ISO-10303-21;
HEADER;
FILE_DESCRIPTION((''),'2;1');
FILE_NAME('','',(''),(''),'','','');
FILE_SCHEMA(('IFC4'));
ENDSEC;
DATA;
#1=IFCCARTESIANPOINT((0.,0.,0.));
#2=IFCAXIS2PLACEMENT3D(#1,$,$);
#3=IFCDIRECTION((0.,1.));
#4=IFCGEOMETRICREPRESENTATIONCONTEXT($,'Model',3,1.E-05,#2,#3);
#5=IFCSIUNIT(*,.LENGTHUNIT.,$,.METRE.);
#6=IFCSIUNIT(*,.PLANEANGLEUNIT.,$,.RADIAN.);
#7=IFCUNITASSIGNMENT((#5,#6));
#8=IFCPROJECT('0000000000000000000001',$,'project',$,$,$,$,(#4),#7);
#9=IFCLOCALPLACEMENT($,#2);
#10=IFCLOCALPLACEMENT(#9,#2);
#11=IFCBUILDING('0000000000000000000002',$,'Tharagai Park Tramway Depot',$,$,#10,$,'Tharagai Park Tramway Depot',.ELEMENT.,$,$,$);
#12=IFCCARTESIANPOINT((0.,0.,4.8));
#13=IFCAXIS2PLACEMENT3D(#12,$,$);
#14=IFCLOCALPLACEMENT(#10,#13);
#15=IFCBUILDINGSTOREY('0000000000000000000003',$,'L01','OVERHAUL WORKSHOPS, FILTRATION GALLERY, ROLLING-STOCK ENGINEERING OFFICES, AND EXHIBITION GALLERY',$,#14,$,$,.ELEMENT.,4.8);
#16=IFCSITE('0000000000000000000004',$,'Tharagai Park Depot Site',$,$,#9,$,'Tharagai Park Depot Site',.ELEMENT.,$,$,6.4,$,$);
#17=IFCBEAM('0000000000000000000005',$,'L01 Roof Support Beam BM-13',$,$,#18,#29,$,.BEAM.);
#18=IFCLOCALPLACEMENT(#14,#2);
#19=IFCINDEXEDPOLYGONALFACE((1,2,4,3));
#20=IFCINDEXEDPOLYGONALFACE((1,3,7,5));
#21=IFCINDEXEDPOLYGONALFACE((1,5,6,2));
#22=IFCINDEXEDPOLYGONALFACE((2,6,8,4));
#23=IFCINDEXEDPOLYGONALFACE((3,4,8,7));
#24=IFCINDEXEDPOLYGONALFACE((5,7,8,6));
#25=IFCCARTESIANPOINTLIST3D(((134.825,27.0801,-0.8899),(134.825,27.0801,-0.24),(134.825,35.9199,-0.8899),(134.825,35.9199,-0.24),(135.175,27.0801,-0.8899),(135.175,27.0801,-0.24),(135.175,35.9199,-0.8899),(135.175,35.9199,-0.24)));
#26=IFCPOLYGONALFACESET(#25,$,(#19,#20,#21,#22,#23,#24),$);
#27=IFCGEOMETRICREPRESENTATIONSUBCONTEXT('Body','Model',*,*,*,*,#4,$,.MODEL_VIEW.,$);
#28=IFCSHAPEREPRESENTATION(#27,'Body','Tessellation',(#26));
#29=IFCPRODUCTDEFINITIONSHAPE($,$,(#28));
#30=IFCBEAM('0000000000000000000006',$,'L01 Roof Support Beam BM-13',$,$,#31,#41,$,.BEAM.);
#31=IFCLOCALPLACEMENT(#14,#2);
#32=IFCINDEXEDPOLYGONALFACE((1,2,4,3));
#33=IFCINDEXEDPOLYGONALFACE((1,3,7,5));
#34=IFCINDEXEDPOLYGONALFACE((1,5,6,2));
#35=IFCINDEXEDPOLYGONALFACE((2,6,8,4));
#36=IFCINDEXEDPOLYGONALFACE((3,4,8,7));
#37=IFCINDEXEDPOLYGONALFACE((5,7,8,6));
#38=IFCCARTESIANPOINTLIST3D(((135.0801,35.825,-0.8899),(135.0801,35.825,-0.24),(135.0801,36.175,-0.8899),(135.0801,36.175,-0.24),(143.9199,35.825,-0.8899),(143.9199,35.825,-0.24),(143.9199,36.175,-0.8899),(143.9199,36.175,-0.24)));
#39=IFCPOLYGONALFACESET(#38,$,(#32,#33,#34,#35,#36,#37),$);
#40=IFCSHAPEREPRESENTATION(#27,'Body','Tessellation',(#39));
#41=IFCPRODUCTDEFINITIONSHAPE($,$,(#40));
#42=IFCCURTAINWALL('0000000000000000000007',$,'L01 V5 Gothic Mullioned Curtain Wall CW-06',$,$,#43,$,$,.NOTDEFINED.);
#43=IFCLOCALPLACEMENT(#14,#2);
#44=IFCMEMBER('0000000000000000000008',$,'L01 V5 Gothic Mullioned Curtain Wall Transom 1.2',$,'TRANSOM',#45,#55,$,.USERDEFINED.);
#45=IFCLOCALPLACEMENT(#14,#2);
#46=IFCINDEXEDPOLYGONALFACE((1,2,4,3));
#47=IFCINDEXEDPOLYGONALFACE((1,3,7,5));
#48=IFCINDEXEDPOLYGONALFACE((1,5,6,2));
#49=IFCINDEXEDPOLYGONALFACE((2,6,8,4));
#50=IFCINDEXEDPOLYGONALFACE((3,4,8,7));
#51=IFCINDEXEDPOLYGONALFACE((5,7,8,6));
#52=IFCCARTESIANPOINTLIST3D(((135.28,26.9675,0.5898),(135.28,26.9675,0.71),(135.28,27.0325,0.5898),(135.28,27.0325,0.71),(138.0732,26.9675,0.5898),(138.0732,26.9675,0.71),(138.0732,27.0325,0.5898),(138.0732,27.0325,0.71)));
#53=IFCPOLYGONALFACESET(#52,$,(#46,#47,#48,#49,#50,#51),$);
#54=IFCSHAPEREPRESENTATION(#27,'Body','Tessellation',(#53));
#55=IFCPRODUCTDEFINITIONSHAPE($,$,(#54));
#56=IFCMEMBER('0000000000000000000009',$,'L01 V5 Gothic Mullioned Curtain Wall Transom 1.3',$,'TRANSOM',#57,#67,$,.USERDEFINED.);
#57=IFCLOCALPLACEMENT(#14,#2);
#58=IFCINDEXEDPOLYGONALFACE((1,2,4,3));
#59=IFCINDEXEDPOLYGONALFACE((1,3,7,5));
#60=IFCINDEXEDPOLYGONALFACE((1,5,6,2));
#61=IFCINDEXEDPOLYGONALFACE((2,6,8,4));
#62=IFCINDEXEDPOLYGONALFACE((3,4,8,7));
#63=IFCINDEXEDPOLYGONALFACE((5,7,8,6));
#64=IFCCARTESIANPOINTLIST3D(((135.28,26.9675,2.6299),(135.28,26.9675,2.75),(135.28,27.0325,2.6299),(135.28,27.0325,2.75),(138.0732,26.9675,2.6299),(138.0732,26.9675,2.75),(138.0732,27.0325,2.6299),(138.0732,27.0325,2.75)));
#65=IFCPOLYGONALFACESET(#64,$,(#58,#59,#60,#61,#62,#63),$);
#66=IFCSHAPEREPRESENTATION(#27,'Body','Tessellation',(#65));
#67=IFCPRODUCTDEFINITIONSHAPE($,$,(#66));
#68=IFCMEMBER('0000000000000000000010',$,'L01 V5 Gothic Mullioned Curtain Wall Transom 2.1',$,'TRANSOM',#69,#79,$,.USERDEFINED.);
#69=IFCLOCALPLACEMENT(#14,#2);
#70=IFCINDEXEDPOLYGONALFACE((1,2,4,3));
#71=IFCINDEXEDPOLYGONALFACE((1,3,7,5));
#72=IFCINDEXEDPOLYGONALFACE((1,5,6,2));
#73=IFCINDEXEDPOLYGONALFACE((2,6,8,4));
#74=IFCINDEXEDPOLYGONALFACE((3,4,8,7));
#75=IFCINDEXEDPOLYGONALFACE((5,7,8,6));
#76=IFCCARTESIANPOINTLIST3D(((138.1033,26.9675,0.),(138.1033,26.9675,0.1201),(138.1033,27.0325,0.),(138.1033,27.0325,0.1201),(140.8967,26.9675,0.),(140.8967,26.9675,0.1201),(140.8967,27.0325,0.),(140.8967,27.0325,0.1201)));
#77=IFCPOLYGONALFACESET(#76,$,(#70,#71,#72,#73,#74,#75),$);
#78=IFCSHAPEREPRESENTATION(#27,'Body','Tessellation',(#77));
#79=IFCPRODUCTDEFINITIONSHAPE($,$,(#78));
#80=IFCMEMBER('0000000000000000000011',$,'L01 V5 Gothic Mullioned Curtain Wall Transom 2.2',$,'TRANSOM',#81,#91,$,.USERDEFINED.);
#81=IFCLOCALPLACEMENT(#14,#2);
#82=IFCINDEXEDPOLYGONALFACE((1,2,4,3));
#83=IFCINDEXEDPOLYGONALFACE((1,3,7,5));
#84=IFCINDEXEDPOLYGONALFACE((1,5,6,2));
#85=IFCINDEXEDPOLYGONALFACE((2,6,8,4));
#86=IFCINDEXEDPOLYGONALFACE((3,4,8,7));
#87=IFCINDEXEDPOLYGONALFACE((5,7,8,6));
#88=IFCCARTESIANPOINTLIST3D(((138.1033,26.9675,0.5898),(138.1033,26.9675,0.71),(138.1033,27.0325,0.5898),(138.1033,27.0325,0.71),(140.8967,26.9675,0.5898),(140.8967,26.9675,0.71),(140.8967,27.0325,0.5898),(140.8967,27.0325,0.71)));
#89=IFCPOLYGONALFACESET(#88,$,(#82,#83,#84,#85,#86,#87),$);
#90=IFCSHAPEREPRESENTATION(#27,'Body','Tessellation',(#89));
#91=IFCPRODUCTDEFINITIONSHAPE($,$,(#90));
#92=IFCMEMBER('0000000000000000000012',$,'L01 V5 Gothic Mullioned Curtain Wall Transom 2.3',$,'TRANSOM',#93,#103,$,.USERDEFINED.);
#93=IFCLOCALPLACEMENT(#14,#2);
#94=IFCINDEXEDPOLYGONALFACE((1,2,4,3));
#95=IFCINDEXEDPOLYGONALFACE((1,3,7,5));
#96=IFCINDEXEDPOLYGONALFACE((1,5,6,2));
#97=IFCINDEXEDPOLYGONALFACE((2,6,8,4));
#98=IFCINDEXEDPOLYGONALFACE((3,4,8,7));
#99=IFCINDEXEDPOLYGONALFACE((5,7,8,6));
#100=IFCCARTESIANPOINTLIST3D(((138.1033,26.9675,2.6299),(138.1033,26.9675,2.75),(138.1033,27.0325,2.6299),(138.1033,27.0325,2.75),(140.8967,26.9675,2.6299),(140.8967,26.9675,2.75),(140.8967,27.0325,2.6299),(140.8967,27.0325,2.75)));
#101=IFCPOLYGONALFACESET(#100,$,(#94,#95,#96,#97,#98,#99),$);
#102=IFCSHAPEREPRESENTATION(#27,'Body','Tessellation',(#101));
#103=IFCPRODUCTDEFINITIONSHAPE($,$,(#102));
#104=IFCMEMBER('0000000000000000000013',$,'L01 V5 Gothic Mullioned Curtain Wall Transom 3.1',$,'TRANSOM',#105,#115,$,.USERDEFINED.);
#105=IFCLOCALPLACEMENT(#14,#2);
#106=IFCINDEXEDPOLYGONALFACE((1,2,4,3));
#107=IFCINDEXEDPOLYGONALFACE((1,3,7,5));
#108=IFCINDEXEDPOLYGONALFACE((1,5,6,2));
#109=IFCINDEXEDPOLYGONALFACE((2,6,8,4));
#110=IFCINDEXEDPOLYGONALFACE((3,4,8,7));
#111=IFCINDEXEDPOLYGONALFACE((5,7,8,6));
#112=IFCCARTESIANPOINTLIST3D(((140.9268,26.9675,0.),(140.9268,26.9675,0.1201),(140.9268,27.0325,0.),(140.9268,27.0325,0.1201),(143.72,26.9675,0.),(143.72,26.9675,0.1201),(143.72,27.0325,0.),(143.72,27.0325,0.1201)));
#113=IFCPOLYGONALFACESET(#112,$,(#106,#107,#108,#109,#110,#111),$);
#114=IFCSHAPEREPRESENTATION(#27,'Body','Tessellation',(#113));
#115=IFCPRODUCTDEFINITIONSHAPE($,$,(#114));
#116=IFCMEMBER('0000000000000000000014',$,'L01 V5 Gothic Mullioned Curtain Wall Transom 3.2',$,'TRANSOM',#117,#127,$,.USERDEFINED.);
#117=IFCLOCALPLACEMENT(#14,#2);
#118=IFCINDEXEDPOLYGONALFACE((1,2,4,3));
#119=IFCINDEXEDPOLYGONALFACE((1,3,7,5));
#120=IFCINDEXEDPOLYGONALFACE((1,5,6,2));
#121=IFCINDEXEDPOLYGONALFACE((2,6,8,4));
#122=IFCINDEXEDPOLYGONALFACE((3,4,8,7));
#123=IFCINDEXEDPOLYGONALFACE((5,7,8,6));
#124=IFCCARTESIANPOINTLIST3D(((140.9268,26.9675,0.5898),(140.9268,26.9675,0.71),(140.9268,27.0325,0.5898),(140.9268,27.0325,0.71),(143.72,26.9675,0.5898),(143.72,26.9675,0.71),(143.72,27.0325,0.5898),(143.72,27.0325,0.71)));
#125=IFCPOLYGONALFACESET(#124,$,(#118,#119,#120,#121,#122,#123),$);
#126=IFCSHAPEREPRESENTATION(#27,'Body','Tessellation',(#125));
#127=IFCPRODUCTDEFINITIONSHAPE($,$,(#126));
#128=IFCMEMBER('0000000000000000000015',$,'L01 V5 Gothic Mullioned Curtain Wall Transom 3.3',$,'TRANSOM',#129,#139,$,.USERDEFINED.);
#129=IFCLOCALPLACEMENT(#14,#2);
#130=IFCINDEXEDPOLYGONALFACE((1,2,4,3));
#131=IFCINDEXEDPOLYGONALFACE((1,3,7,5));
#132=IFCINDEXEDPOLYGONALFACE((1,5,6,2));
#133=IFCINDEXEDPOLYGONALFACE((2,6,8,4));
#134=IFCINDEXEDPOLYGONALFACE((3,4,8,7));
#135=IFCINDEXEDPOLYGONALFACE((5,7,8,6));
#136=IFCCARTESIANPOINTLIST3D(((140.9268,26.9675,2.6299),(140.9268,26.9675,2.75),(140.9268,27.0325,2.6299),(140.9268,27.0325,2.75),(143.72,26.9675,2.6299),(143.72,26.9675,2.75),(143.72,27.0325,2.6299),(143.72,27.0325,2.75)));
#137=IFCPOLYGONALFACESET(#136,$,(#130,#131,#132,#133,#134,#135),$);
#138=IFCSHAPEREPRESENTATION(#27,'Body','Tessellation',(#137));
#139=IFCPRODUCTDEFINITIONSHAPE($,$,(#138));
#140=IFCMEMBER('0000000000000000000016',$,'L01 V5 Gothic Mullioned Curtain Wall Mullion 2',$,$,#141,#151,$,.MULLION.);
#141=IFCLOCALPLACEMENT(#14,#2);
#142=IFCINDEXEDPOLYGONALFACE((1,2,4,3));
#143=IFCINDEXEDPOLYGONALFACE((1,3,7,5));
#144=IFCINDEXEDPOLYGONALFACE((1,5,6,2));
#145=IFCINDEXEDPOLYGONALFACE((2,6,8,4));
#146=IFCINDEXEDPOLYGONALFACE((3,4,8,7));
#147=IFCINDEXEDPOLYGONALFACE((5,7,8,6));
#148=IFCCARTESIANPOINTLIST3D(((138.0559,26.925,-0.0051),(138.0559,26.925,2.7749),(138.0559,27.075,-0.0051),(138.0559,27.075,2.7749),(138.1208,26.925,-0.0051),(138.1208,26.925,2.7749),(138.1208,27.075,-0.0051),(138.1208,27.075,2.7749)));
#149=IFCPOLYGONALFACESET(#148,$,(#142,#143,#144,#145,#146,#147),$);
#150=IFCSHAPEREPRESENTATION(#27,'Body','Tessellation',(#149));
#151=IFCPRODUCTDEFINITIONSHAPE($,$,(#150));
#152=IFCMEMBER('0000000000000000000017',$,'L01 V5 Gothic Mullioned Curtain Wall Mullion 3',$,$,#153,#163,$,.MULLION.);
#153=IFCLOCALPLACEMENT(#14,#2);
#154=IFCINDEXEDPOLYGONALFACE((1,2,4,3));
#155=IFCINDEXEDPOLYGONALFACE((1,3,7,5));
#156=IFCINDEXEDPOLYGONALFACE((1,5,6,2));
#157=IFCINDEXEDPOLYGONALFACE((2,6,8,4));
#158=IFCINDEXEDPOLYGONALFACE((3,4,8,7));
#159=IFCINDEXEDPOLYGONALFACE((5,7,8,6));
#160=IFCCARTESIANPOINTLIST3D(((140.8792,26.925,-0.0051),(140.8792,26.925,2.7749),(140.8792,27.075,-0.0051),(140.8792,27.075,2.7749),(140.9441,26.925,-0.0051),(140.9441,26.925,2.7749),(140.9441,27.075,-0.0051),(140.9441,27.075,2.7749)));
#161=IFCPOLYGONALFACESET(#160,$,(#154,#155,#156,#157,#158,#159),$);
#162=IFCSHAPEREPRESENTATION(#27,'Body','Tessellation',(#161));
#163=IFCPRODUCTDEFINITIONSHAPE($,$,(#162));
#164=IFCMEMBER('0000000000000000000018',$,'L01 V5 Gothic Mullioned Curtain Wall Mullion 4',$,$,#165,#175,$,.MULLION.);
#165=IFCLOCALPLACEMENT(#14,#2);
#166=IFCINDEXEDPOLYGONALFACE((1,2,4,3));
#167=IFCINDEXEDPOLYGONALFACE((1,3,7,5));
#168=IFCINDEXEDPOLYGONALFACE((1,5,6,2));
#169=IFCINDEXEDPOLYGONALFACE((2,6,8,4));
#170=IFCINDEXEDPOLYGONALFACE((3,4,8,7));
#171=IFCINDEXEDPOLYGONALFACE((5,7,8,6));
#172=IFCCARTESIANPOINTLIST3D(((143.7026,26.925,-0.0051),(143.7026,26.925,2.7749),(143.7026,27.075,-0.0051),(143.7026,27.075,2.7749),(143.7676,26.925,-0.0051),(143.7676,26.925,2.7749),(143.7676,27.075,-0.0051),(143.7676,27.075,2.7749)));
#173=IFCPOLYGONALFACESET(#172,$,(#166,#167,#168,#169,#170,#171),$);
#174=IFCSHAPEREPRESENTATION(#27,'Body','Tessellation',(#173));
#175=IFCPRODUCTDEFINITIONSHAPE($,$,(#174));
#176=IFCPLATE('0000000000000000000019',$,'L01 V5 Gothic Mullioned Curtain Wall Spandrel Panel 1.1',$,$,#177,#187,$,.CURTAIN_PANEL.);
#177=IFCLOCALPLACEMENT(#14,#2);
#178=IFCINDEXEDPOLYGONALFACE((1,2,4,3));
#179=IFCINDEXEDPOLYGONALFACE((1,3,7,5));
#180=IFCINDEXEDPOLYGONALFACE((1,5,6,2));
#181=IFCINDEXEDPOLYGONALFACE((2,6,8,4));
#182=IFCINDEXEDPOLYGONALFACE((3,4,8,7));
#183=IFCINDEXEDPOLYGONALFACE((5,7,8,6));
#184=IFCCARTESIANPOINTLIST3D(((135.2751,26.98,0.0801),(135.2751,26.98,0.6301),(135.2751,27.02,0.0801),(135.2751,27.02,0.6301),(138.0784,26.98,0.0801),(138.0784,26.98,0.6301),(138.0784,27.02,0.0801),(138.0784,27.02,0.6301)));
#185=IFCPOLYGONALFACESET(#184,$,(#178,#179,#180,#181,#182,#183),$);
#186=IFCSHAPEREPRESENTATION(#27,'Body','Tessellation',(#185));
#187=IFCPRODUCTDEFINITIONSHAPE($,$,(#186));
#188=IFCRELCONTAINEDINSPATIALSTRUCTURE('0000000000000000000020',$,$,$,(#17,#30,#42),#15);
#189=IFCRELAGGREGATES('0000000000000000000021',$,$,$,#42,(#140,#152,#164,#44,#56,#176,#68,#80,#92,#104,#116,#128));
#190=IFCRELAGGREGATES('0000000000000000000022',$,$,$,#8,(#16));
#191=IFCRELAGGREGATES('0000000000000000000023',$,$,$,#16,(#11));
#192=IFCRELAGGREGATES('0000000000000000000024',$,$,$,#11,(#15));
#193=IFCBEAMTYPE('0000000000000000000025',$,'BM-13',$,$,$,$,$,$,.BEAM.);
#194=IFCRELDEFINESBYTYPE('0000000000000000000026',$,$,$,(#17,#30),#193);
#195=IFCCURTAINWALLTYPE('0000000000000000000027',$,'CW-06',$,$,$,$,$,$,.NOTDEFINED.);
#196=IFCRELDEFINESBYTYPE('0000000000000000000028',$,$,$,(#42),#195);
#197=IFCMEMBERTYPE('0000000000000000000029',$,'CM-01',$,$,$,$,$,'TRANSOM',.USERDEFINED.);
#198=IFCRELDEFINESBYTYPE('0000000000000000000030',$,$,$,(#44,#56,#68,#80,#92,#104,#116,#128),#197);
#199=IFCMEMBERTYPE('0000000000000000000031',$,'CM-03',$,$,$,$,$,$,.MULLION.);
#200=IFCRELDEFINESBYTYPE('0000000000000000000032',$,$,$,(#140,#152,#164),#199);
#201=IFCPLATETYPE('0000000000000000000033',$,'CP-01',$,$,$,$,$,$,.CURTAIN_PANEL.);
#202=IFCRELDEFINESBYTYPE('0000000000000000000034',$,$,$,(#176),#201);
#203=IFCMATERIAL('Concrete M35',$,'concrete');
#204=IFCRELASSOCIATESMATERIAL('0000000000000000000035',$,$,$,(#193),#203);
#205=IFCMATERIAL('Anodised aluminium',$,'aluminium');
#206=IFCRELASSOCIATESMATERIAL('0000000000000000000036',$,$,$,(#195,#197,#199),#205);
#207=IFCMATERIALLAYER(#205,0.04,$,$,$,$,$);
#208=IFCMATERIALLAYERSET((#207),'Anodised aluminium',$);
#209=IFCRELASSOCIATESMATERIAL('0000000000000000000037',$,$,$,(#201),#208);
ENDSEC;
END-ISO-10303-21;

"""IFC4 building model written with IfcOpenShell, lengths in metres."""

from ifc_helpers import new_model, si_unit, direction, frame, origin, origin_2d, place, context, subcontext, project, spatial, rectangle, extrude, material, layer, layer_set, material_profile, profile_set, type_object, element, aggregate, save


model = new_model("IFC4")

# Units and contexts
model_context = context("Model", 3, precision=1e-05, world=origin(), true_north=direction((0.0, 1.0)))
body_context = subcontext(model_context, "Body", "Model", "MODEL_VIEW")
ifc_project = project(units=[si_unit("LENGTHUNIT", "METRE"), si_unit("PLANEANGLEUNIT", "RADIAN")], contexts=[model_context])

# Site, building, storey
site_placement = place(None, origin())
site = spatial("IfcSite", under=ifc_project, at=site_placement, Name="Tharagai Park Depot Site", LongName="Tharagai Park Depot Site", CompositionType="ELEMENT", RefElevation=6.4)
building_placement = place(site_placement, origin())
building = spatial("IfcBuilding", under=site, at=building_placement, Name="Tharagai Park Tramway Depot", LongName="Tharagai Park Tramway Depot", CompositionType="ELEMENT")
storey_placement = place(building_placement, frame((0.0, 0.0, 4.8)))
storey = spatial("IfcBuildingStorey", under=building, at=storey_placement, Name="L01", Description="OVERHAUL WORKSHOPS, FILTRATION GALLERY, ROLLING-STOCK ENGINEERING OFFICES, AND EXHIBITION GALLERY", CompositionType="ELEMENT", Elevation=4.8)

# Beams
ifc_material_1 = material(Name="Concrete M35", Category="concrete")
ifc_material_profile_1 = material_profile(ifc_material_1, rectangle(XDim=0.3501, YDim=0.6499, at=origin_2d()), Name="RC 350x650")
ifc_profile_set_1 = profile_set([ifc_material_profile_1], Name="Concrete M35")
beam_type = type_object("IfcBeamType", Name="BM-13", PredefinedType="BEAM", material=ifc_profile_set_1)
for number, where, z_axis, x_axis, name in (
    (1, (135.0, 27.0801, -0.5649), (0.0, 1.0, 0.0), (-1.0, 0.0, 0.0), "L01 Roof Support Beam BM-13"),
    (2, (135.0801, 36.0, -0.5649), (1.0, 0.0, 0.0), (0.0, 1.0, 0.0), "L01 Roof Support Beam BM-13"),
):
    element("IfcBeam", number, at=place(storey_placement, frame(where, z_axis=z_axis, x_axis=x_axis)), inside=storey, type_object=beam_type, Name=name, PredefinedType="BEAM", context=body_context, shape_type="SweptSolid", body=[
        extrude(rectangle(XDim=0.3501, YDim=0.6499, at=origin_2d()), origin(), (0.0, 0.0, 1.0), 8.8398),
    ])

# Curtain wall, members, plate
ifc_material_2 = material(Name="Anodised aluminium", Category="aluminium")
curtain_wall_type = type_object("IfcCurtainWallType", Name="CW-06", PredefinedType="NOTDEFINED", material=ifc_material_2)
curtain_wall_placement = place(storey_placement, origin())
curtain_wall = element("IfcCurtainWall", 3, at=curtain_wall_placement, inside=storey, type_object=curtain_wall_type, Name="L01 V5 Gothic Mullioned Curtain Wall CW-06", PredefinedType="NOTDEFINED")
ifc_material_profile_2 = material_profile(ifc_material_2, rectangle(XDim=0.0649, YDim=0.1201, at=origin_2d()), Name="ALU 65x120")
ifc_profile_set_2 = profile_set([ifc_material_profile_2], Name="Anodised aluminium")
member_type_1 = type_object("IfcMemberType", Name="CM-01", ElementType="TRANSOM", PredefinedType="USERDEFINED", material=ifc_profile_set_2)
member_1_placement = place(storey_placement, frame((135.28, 27.0, 0.6499), z_axis=(1.0, 0.0, 0.0), x_axis=(0.0, 1.0, 0.0)))
member_1 = element("IfcMember", 4, at=member_1_placement, type_object=member_type_1, Name="L01 V5 Gothic Mullioned Curtain Wall Transom 1.2", ObjectType="TRANSOM", PredefinedType="USERDEFINED", context=body_context, shape_type="SweptSolid", body=[
    extrude(rectangle(XDim=0.0649, YDim=0.1201, at=origin_2d()), origin(), (0.0, 0.0, 1.0), 2.7932),
])
member_2_placement = place(storey_placement, frame((135.28, 27.0, 2.6899), z_axis=(1.0, 0.0, 0.0), x_axis=(0.0, 1.0, 0.0)))
member_2 = element("IfcMember", 5, at=member_2_placement, type_object=member_type_1, Name="L01 V5 Gothic Mullioned Curtain Wall Transom 1.3", ObjectType="TRANSOM", PredefinedType="USERDEFINED", context=body_context, shape_type="SweptSolid", body=[
    extrude(rectangle(XDim=0.0649, YDim=0.1201, at=origin_2d()), origin(), (0.0, 0.0, 1.0), 2.7932),
])
member_3_placement = place(storey_placement, frame((138.1033, 27.0, 0.0601), z_axis=(1.0, 0.0, 0.0), x_axis=(0.0, 1.0, 0.0)))
member_3 = element("IfcMember", 6, at=member_3_placement, type_object=member_type_1, Name="L01 V5 Gothic Mullioned Curtain Wall Transom 2.1", ObjectType="TRANSOM", PredefinedType="USERDEFINED", context=body_context, shape_type="SweptSolid", body=[
    extrude(rectangle(XDim=0.0649, YDim=0.1201, at=origin_2d()), origin(), (0.0, 0.0, 1.0), 2.7935),
])
member_4_placement = place(storey_placement, frame((138.1033, 27.0, 0.6499), z_axis=(1.0, 0.0, 0.0), x_axis=(0.0, 1.0, 0.0)))
member_4 = element("IfcMember", 7, at=member_4_placement, type_object=member_type_1, Name="L01 V5 Gothic Mullioned Curtain Wall Transom 2.2", ObjectType="TRANSOM", PredefinedType="USERDEFINED", context=body_context, shape_type="SweptSolid", body=[
    extrude(rectangle(XDim=0.0649, YDim=0.1201, at=origin_2d()), origin(), (0.0, 0.0, 1.0), 2.7935),
])
member_5_placement = place(storey_placement, frame((138.1033, 27.0, 2.6899), z_axis=(1.0, 0.0, 0.0), x_axis=(0.0, 1.0, 0.0)))
member_5 = element("IfcMember", 8, at=member_5_placement, type_object=member_type_1, Name="L01 V5 Gothic Mullioned Curtain Wall Transom 2.3", ObjectType="TRANSOM", PredefinedType="USERDEFINED", context=body_context, shape_type="SweptSolid", body=[
    extrude(rectangle(XDim=0.0649, YDim=0.1201, at=origin_2d()), origin(), (0.0, 0.0, 1.0), 2.7935),
])
member_6_placement = place(storey_placement, frame((140.9268, 27.0, 0.0601), z_axis=(1.0, 0.0, 0.0), x_axis=(0.0, 1.0, 0.0)))
member_6 = element("IfcMember", 9, at=member_6_placement, type_object=member_type_1, Name="L01 V5 Gothic Mullioned Curtain Wall Transom 3.1", ObjectType="TRANSOM", PredefinedType="USERDEFINED", context=body_context, shape_type="SweptSolid", body=[
    extrude(rectangle(XDim=0.0649, YDim=0.1201, at=origin_2d()), origin(), (0.0, 0.0, 1.0), 2.7932),
])
member_7_placement = place(storey_placement, frame((140.9268, 27.0, 0.6499), z_axis=(1.0, 0.0, 0.0), x_axis=(0.0, 1.0, 0.0)))
member_7 = element("IfcMember", 10, at=member_7_placement, type_object=member_type_1, Name="L01 V5 Gothic Mullioned Curtain Wall Transom 3.2", ObjectType="TRANSOM", PredefinedType="USERDEFINED", context=body_context, shape_type="SweptSolid", body=[
    extrude(rectangle(XDim=0.0649, YDim=0.1201, at=origin_2d()), origin(), (0.0, 0.0, 1.0), 2.7932),
])
member_8_placement = place(storey_placement, frame((140.9268, 27.0, 2.6899), z_axis=(1.0, 0.0, 0.0), x_axis=(0.0, 1.0, 0.0)))
member_8 = element("IfcMember", 11, at=member_8_placement, type_object=member_type_1, Name="L01 V5 Gothic Mullioned Curtain Wall Transom 3.3", ObjectType="TRANSOM", PredefinedType="USERDEFINED", context=body_context, shape_type="SweptSolid", body=[
    extrude(rectangle(XDim=0.0649, YDim=0.1201, at=origin_2d()), origin(), (0.0, 0.0, 1.0), 2.7932),
])
ifc_material_profile_3 = material_profile(ifc_material_2, rectangle(XDim=0.0649, YDim=0.1499, at=origin_2d()), Name="ALU 65x150")
ifc_profile_set_3 = profile_set([ifc_material_profile_3], Name="Anodised aluminium")
member_type_2 = type_object("IfcMemberType", Name="CM-03", PredefinedType="MULLION", material=ifc_profile_set_3)
member_9_placement = place(storey_placement, frame((138.0884, 27.0, -0.0051), z_axis=(0.0, 0.0, 1.0), x_axis=(1.0, 0.0, 0.0)))
member_9 = element("IfcMember", 12, at=member_9_placement, type_object=member_type_2, Name="L01 V5 Gothic Mullioned Curtain Wall Mullion 2", PredefinedType="MULLION", context=body_context, shape_type="SweptSolid", body=[
    extrude(rectangle(XDim=0.0649, YDim=0.1499, at=origin_2d()), origin(), (0.0, 0.0, 1.0), 2.78),
])
member_10_placement = place(storey_placement, frame((140.9116, 27.0, -0.0051), z_axis=(0.0, 0.0, 1.0), x_axis=(1.0, 0.0, 0.0)))
member_10 = element("IfcMember", 13, at=member_10_placement, type_object=member_type_2, Name="L01 V5 Gothic Mullioned Curtain Wall Mullion 3", PredefinedType="MULLION", context=body_context, shape_type="SweptSolid", body=[
    extrude(rectangle(XDim=0.0649, YDim=0.1499, at=origin_2d()), origin(), (0.0, 0.0, 1.0), 2.78),
])
member_11_placement = place(storey_placement, frame((143.7351, 27.0, -0.0051), z_axis=(0.0, 0.0, 1.0), x_axis=(1.0, 0.0, 0.0)))
member_11 = element("IfcMember", 14, at=member_11_placement, type_object=member_type_2, Name="L01 V5 Gothic Mullioned Curtain Wall Mullion 4", PredefinedType="MULLION", context=body_context, shape_type="SweptSolid", body=[
    extrude(rectangle(XDim=0.0649, YDim=0.1499, at=origin_2d()), origin(), (0.0, 0.0, 1.0), 2.78),
])
ifc_layer_1 = layer(ifc_material_2, 0.04)
ifc_layer_set_1 = layer_set([ifc_layer_1], Name="Anodised aluminium")
plate_type_1 = type_object("IfcPlateType", Name="CP-01", PredefinedType="CURTAIN_PANEL", material=ifc_layer_set_1)
plate_1_placement = place(storey_placement, frame((136.6768, 27.0, 0.0801), z_axis=(0.0, 0.0, 1.0), x_axis=(1.0, 0.0, 0.0)))
plate_1 = element("IfcPlate", 15, at=plate_1_placement, type_object=plate_type_1, Name="L01 V5 Gothic Mullioned Curtain Wall Spandrel Panel 1.1", PredefinedType="CURTAIN_PANEL", context=body_context, shape_type="SweptSolid", body=[
    extrude(rectangle(XDim=2.8032, YDim=0.04, at=origin_2d()), origin(), (0.0, 0.0, 1.0), 0.55),
])
aggregate(curtain_wall, [member_9, member_10, member_11, member_1, member_2, plate_1, member_3, member_4, member_5, member_6, member_7, member_8])

save(model, "model.ifc")
